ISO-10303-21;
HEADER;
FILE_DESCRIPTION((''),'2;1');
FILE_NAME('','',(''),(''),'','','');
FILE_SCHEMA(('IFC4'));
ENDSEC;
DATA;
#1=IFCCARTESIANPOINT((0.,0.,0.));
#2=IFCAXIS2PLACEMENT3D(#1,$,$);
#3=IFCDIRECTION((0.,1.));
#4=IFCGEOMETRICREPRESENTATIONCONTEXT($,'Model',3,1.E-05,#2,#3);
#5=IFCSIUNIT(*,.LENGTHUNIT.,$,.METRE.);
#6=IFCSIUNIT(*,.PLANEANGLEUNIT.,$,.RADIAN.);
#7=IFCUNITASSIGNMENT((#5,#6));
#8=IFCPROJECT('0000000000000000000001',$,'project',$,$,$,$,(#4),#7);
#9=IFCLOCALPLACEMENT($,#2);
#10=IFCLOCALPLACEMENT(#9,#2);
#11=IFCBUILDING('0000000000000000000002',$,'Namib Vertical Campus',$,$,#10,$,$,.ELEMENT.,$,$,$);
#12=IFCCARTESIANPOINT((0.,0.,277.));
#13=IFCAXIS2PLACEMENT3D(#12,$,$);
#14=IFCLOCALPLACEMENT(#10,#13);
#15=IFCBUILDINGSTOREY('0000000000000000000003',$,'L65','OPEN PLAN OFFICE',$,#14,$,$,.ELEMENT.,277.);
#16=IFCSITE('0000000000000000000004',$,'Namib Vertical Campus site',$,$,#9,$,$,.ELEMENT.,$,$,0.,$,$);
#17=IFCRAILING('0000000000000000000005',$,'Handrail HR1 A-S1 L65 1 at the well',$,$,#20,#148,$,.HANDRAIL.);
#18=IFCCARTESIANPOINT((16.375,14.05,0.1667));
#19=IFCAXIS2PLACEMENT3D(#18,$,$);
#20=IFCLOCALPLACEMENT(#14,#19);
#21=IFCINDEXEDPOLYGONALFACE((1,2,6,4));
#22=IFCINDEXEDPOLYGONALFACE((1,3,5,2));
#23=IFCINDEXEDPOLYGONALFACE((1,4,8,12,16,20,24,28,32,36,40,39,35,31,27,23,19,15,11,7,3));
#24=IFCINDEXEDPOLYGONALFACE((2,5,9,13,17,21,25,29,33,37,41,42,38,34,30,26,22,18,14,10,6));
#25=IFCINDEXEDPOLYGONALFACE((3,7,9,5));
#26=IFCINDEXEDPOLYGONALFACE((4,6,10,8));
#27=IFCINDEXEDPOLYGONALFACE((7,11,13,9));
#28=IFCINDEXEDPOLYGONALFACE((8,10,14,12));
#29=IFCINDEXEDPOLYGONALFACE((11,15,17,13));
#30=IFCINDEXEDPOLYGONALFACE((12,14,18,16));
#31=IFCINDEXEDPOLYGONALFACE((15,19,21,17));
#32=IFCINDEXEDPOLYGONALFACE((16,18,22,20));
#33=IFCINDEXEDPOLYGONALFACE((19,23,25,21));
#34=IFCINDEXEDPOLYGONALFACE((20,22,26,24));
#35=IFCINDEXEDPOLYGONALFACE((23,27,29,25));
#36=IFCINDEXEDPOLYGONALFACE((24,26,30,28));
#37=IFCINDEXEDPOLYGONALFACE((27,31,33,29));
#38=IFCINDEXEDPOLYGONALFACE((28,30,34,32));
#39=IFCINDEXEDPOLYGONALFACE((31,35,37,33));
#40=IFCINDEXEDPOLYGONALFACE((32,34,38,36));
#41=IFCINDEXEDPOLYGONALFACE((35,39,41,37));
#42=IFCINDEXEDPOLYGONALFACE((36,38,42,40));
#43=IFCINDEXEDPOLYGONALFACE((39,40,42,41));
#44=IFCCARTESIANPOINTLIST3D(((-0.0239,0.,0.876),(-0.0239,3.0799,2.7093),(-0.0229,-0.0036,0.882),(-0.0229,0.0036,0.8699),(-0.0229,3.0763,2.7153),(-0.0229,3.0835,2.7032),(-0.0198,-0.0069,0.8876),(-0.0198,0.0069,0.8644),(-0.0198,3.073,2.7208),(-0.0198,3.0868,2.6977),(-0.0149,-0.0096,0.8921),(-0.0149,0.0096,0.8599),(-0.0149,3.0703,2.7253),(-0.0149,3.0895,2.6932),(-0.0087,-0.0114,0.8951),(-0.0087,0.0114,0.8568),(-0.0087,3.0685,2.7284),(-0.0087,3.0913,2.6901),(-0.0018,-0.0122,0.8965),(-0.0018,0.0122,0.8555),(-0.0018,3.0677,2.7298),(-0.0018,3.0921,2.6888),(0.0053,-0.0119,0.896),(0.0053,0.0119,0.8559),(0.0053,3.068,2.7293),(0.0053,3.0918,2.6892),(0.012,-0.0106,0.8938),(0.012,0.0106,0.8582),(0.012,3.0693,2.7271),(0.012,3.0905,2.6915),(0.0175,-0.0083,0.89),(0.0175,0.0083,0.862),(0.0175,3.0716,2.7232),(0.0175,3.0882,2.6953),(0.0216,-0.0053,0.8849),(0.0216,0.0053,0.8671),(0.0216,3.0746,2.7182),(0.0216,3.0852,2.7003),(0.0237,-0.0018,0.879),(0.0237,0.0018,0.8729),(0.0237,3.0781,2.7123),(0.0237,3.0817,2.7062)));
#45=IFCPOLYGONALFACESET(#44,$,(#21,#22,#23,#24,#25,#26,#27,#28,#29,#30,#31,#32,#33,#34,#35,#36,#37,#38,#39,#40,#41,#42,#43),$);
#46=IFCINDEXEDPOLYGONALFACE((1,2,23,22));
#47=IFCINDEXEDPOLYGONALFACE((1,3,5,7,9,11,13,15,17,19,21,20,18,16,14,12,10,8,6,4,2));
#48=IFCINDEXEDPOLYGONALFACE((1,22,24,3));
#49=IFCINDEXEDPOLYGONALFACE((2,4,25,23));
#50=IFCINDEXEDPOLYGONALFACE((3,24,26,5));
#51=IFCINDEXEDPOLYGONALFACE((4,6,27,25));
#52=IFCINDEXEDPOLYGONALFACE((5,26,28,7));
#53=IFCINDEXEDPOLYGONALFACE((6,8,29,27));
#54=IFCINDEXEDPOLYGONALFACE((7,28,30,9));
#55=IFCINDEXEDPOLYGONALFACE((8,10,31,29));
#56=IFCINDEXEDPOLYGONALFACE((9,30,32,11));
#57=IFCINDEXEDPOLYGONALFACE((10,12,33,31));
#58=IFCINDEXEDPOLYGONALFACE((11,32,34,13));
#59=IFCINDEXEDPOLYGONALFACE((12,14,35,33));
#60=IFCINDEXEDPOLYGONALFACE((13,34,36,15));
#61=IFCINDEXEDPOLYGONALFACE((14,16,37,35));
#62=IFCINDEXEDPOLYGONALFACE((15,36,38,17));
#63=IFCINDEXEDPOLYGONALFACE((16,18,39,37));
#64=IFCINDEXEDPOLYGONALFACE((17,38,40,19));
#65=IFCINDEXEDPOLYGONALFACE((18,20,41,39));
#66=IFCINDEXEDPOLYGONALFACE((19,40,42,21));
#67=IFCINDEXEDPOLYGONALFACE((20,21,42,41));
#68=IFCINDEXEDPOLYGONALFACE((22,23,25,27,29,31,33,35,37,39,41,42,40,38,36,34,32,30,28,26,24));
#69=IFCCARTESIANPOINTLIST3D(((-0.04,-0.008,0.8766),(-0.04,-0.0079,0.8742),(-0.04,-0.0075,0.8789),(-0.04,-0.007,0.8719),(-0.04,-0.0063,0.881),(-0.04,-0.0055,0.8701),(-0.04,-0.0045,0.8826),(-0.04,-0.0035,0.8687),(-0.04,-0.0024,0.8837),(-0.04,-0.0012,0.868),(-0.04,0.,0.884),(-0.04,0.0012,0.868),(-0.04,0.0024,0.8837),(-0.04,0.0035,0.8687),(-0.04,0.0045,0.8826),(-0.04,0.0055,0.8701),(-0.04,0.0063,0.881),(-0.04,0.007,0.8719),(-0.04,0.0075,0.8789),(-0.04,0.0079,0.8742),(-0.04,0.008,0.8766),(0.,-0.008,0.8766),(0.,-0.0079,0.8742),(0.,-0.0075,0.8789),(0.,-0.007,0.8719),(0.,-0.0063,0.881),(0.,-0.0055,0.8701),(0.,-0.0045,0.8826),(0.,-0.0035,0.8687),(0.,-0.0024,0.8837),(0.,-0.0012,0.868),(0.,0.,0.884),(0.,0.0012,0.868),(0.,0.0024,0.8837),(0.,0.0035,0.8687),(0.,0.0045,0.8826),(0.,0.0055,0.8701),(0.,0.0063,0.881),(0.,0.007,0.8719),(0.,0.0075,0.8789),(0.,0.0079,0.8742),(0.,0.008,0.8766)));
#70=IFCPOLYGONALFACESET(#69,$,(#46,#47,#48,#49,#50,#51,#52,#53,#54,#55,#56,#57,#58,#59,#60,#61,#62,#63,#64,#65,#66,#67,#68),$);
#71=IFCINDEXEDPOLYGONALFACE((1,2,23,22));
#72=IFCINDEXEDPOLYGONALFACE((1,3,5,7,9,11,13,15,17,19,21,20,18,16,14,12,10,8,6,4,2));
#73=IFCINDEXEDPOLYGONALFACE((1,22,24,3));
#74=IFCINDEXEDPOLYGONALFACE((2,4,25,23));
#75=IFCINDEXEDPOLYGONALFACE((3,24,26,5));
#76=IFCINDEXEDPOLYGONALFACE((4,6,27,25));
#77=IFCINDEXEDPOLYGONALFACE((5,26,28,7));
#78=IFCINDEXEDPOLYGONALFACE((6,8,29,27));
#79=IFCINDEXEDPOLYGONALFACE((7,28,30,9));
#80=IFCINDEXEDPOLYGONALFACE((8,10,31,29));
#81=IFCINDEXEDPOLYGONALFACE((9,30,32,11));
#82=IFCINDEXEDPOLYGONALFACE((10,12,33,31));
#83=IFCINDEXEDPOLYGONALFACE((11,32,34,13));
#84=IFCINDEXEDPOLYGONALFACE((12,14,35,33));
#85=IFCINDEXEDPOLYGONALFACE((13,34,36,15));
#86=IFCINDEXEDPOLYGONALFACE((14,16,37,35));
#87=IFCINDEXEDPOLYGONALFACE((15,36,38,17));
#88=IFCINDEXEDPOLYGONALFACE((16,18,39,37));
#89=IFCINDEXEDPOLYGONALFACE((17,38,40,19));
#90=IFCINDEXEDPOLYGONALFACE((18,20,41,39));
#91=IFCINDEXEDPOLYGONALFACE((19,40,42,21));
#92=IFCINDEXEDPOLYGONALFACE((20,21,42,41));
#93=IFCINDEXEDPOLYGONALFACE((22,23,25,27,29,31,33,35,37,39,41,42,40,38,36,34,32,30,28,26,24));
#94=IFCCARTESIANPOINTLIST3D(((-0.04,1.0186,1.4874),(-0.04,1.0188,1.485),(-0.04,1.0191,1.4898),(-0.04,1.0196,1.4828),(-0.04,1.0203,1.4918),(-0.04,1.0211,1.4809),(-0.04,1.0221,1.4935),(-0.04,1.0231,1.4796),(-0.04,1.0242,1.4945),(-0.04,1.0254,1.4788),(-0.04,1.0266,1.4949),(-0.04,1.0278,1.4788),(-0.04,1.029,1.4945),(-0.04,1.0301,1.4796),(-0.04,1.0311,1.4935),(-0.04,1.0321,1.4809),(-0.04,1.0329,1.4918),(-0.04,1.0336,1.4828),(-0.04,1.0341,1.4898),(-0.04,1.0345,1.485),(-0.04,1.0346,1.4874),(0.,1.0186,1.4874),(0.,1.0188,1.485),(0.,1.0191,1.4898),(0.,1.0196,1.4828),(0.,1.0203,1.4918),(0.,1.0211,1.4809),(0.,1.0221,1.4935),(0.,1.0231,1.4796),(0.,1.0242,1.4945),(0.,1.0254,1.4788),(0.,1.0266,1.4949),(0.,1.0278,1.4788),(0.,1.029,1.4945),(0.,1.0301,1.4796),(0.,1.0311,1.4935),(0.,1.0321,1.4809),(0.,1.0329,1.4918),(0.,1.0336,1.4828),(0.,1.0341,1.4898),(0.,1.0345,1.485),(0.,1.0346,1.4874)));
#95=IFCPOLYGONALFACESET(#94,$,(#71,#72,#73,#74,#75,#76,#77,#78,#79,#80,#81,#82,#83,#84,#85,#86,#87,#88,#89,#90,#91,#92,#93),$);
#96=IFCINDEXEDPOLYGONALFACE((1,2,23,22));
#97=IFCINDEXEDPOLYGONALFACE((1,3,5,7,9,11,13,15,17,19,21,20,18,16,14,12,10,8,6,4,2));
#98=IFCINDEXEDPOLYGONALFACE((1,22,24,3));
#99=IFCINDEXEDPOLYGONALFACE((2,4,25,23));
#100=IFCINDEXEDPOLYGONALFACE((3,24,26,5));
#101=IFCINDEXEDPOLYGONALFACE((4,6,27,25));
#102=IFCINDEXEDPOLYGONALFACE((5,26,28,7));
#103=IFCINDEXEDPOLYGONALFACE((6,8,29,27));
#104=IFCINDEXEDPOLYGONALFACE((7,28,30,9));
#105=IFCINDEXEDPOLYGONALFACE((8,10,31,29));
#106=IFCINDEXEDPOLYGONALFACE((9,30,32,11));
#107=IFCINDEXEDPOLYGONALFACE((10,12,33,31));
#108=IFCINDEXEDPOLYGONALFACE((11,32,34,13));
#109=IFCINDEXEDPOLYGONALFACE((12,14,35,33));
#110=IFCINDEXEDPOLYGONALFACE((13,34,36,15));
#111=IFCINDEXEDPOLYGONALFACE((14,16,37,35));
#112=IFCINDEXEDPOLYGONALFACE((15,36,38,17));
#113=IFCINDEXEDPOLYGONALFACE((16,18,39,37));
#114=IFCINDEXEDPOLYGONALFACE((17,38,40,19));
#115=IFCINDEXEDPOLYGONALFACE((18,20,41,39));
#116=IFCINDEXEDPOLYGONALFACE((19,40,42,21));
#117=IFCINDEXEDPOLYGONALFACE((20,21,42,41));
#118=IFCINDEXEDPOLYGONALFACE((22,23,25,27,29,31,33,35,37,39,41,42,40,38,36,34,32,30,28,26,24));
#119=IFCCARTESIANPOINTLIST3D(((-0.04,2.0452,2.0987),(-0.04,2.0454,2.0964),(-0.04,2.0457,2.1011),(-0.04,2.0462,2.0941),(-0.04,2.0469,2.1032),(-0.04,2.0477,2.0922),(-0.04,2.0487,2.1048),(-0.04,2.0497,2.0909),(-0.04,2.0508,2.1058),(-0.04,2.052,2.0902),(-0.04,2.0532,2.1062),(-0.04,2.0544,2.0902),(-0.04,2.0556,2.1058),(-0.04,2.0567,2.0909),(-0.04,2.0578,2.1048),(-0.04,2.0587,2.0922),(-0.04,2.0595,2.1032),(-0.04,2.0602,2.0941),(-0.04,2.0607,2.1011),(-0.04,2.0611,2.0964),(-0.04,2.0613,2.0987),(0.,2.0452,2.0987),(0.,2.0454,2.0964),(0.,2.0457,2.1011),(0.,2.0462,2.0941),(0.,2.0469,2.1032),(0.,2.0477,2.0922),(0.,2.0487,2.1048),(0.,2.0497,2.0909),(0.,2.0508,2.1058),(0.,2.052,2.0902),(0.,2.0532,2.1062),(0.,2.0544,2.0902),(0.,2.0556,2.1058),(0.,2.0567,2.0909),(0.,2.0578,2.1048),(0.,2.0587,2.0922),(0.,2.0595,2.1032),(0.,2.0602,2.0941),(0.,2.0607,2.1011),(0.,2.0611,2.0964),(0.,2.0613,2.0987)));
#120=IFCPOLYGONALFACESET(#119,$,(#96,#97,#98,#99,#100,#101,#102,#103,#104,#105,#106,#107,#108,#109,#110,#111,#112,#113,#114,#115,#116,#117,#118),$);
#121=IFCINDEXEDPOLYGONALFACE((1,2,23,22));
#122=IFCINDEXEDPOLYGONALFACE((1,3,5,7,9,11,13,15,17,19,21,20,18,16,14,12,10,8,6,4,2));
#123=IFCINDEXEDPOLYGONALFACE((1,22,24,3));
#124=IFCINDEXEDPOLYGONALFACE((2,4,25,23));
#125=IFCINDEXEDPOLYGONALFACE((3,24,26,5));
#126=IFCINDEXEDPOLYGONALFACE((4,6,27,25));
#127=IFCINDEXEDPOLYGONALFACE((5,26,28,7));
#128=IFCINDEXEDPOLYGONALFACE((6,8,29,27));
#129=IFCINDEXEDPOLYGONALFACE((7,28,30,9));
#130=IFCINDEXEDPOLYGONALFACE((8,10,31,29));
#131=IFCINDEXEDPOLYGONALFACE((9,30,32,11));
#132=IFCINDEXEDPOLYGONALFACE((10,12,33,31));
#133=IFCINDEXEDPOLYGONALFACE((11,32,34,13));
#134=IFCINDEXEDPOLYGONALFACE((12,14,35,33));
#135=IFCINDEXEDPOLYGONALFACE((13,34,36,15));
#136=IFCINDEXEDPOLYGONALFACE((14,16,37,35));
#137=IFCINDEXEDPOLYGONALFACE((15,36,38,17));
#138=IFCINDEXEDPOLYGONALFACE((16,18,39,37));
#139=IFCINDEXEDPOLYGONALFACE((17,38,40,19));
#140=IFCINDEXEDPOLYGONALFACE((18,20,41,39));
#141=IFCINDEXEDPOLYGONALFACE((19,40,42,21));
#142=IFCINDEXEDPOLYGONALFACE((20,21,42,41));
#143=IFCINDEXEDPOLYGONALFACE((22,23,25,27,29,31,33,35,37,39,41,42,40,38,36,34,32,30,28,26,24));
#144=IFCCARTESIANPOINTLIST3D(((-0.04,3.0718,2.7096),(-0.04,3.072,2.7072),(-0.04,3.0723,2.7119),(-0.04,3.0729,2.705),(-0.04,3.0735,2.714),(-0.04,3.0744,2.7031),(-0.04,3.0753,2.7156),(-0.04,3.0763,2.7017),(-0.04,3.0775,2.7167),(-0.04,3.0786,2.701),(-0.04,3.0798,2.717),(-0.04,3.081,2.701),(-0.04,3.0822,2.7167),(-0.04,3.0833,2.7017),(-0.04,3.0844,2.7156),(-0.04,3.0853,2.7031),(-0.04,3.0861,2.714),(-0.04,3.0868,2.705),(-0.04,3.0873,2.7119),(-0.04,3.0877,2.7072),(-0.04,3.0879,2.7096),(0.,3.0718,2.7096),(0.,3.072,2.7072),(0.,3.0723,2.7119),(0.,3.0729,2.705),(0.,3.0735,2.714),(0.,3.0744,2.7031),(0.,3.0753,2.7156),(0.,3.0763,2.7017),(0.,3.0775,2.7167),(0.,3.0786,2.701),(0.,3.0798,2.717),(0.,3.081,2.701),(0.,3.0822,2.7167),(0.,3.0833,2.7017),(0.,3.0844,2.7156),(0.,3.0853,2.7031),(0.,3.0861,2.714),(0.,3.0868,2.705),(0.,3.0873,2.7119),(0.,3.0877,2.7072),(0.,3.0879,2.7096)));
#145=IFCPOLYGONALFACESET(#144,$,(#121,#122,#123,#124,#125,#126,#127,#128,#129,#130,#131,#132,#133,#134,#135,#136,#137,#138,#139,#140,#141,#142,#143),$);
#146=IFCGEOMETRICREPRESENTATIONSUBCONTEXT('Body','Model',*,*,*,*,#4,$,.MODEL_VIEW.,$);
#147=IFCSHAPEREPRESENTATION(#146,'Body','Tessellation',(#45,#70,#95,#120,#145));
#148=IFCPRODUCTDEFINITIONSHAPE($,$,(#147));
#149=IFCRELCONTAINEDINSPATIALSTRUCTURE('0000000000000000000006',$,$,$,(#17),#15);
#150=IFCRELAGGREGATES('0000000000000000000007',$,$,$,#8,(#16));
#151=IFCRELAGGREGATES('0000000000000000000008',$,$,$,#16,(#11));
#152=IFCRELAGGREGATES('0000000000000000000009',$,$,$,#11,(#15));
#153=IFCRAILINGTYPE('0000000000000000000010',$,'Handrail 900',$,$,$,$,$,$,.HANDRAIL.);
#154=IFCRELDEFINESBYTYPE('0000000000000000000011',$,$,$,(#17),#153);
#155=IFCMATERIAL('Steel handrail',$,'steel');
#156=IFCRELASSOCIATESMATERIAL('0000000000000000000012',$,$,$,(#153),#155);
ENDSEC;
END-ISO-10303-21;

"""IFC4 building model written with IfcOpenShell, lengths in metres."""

from ifc_helpers import new_model, si_unit, direction, frame, origin, origin_2d, place, context, subcontext, project, spatial, circle, extrude, material, type_object, element, save


model = new_model("IFC4")

# Units and contexts
model_context = context("Model", 3, precision=1e-05, world=origin(), true_north=direction((0.0, 1.0)))
body_context = subcontext(model_context, "Body", "Model", "MODEL_VIEW")
ifc_project = project(units=[si_unit("LENGTHUNIT", "METRE"), si_unit("PLANEANGLEUNIT", "RADIAN")], contexts=[model_context])

# Site, building, storey
site_placement = place(None, origin())
site = spatial("IfcSite", under=ifc_project, at=site_placement, Name="Namib Vertical Campus site", CompositionType="ELEMENT", RefElevation=0.0)
building_placement = place(site_placement, origin())
building = spatial("IfcBuilding", under=site, at=building_placement, Name="Namib Vertical Campus", CompositionType="ELEMENT")
storey_placement = place(building_placement, frame((0.0, 0.0, 277.0)))
storey = spatial("IfcBuildingStorey", under=building, at=storey_placement, Name="L65", Description="OPEN PLAN OFFICE", CompositionType="ELEMENT", Elevation=277.0)

# Railing
ifc_material_1 = material(Name="Steel handrail", Category="steel")
railing_type_1 = type_object("IfcRailingType", Name="Handrail 900", PredefinedType="HANDRAIL", material=ifc_material_1)
railing_1_placement = place(storey_placement, frame((16.375, 14.05, 0.1667)))
element("IfcRailing", 1, at=railing_1_placement, inside=storey, type_object=railing_type_1, Name="Handrail HR1 A-S1 L65 1 at the well", PredefinedType="HANDRAIL", context=body_context, shape_type="SweptSolid", body=[
    extrude(circle(Radius=0.0239, at=origin_2d()), frame((0.0, 0.0, 0.876), z_axis=(0.0, 0.859291, 0.511487), x_axis=(-1.0, 0.0, 0.0)), (0.0, 0.0, 1.0), 3.5842),
    extrude(circle(Radius=0.0081, at=origin_2d()), frame((0.0, 0.0, 0.876), z_axis=(-1.0, 0.0, 0.0), x_axis=(0.0, 0.0, 1.0)), (0.0, 0.0, 1.0), 0.04),
    extrude(circle(Radius=0.0081, at=origin_2d()), frame((0.0, 1.0266, 1.4868), z_axis=(-1.0, 0.0, 0.0), x_axis=(0.0, 0.0, 1.0)), (0.0, 0.0, 1.0), 0.04),
    extrude(circle(Radius=0.0081, at=origin_2d()), frame((0.0, 2.0532, 2.0981), z_axis=(-1.0, 0.0, 0.0), x_axis=(0.0, 0.0, 1.0)), (0.0, 0.0, 1.0), 0.04),
    extrude(circle(Radius=0.0081, at=origin_2d()), frame((0.0, 3.0798, 2.709), z_axis=(-1.0, 0.0, 0.0), x_axis=(0.0, 0.0, 1.0)), (0.0, 0.0, 1.0), 0.04),
])

save(model, "model.ifc")
